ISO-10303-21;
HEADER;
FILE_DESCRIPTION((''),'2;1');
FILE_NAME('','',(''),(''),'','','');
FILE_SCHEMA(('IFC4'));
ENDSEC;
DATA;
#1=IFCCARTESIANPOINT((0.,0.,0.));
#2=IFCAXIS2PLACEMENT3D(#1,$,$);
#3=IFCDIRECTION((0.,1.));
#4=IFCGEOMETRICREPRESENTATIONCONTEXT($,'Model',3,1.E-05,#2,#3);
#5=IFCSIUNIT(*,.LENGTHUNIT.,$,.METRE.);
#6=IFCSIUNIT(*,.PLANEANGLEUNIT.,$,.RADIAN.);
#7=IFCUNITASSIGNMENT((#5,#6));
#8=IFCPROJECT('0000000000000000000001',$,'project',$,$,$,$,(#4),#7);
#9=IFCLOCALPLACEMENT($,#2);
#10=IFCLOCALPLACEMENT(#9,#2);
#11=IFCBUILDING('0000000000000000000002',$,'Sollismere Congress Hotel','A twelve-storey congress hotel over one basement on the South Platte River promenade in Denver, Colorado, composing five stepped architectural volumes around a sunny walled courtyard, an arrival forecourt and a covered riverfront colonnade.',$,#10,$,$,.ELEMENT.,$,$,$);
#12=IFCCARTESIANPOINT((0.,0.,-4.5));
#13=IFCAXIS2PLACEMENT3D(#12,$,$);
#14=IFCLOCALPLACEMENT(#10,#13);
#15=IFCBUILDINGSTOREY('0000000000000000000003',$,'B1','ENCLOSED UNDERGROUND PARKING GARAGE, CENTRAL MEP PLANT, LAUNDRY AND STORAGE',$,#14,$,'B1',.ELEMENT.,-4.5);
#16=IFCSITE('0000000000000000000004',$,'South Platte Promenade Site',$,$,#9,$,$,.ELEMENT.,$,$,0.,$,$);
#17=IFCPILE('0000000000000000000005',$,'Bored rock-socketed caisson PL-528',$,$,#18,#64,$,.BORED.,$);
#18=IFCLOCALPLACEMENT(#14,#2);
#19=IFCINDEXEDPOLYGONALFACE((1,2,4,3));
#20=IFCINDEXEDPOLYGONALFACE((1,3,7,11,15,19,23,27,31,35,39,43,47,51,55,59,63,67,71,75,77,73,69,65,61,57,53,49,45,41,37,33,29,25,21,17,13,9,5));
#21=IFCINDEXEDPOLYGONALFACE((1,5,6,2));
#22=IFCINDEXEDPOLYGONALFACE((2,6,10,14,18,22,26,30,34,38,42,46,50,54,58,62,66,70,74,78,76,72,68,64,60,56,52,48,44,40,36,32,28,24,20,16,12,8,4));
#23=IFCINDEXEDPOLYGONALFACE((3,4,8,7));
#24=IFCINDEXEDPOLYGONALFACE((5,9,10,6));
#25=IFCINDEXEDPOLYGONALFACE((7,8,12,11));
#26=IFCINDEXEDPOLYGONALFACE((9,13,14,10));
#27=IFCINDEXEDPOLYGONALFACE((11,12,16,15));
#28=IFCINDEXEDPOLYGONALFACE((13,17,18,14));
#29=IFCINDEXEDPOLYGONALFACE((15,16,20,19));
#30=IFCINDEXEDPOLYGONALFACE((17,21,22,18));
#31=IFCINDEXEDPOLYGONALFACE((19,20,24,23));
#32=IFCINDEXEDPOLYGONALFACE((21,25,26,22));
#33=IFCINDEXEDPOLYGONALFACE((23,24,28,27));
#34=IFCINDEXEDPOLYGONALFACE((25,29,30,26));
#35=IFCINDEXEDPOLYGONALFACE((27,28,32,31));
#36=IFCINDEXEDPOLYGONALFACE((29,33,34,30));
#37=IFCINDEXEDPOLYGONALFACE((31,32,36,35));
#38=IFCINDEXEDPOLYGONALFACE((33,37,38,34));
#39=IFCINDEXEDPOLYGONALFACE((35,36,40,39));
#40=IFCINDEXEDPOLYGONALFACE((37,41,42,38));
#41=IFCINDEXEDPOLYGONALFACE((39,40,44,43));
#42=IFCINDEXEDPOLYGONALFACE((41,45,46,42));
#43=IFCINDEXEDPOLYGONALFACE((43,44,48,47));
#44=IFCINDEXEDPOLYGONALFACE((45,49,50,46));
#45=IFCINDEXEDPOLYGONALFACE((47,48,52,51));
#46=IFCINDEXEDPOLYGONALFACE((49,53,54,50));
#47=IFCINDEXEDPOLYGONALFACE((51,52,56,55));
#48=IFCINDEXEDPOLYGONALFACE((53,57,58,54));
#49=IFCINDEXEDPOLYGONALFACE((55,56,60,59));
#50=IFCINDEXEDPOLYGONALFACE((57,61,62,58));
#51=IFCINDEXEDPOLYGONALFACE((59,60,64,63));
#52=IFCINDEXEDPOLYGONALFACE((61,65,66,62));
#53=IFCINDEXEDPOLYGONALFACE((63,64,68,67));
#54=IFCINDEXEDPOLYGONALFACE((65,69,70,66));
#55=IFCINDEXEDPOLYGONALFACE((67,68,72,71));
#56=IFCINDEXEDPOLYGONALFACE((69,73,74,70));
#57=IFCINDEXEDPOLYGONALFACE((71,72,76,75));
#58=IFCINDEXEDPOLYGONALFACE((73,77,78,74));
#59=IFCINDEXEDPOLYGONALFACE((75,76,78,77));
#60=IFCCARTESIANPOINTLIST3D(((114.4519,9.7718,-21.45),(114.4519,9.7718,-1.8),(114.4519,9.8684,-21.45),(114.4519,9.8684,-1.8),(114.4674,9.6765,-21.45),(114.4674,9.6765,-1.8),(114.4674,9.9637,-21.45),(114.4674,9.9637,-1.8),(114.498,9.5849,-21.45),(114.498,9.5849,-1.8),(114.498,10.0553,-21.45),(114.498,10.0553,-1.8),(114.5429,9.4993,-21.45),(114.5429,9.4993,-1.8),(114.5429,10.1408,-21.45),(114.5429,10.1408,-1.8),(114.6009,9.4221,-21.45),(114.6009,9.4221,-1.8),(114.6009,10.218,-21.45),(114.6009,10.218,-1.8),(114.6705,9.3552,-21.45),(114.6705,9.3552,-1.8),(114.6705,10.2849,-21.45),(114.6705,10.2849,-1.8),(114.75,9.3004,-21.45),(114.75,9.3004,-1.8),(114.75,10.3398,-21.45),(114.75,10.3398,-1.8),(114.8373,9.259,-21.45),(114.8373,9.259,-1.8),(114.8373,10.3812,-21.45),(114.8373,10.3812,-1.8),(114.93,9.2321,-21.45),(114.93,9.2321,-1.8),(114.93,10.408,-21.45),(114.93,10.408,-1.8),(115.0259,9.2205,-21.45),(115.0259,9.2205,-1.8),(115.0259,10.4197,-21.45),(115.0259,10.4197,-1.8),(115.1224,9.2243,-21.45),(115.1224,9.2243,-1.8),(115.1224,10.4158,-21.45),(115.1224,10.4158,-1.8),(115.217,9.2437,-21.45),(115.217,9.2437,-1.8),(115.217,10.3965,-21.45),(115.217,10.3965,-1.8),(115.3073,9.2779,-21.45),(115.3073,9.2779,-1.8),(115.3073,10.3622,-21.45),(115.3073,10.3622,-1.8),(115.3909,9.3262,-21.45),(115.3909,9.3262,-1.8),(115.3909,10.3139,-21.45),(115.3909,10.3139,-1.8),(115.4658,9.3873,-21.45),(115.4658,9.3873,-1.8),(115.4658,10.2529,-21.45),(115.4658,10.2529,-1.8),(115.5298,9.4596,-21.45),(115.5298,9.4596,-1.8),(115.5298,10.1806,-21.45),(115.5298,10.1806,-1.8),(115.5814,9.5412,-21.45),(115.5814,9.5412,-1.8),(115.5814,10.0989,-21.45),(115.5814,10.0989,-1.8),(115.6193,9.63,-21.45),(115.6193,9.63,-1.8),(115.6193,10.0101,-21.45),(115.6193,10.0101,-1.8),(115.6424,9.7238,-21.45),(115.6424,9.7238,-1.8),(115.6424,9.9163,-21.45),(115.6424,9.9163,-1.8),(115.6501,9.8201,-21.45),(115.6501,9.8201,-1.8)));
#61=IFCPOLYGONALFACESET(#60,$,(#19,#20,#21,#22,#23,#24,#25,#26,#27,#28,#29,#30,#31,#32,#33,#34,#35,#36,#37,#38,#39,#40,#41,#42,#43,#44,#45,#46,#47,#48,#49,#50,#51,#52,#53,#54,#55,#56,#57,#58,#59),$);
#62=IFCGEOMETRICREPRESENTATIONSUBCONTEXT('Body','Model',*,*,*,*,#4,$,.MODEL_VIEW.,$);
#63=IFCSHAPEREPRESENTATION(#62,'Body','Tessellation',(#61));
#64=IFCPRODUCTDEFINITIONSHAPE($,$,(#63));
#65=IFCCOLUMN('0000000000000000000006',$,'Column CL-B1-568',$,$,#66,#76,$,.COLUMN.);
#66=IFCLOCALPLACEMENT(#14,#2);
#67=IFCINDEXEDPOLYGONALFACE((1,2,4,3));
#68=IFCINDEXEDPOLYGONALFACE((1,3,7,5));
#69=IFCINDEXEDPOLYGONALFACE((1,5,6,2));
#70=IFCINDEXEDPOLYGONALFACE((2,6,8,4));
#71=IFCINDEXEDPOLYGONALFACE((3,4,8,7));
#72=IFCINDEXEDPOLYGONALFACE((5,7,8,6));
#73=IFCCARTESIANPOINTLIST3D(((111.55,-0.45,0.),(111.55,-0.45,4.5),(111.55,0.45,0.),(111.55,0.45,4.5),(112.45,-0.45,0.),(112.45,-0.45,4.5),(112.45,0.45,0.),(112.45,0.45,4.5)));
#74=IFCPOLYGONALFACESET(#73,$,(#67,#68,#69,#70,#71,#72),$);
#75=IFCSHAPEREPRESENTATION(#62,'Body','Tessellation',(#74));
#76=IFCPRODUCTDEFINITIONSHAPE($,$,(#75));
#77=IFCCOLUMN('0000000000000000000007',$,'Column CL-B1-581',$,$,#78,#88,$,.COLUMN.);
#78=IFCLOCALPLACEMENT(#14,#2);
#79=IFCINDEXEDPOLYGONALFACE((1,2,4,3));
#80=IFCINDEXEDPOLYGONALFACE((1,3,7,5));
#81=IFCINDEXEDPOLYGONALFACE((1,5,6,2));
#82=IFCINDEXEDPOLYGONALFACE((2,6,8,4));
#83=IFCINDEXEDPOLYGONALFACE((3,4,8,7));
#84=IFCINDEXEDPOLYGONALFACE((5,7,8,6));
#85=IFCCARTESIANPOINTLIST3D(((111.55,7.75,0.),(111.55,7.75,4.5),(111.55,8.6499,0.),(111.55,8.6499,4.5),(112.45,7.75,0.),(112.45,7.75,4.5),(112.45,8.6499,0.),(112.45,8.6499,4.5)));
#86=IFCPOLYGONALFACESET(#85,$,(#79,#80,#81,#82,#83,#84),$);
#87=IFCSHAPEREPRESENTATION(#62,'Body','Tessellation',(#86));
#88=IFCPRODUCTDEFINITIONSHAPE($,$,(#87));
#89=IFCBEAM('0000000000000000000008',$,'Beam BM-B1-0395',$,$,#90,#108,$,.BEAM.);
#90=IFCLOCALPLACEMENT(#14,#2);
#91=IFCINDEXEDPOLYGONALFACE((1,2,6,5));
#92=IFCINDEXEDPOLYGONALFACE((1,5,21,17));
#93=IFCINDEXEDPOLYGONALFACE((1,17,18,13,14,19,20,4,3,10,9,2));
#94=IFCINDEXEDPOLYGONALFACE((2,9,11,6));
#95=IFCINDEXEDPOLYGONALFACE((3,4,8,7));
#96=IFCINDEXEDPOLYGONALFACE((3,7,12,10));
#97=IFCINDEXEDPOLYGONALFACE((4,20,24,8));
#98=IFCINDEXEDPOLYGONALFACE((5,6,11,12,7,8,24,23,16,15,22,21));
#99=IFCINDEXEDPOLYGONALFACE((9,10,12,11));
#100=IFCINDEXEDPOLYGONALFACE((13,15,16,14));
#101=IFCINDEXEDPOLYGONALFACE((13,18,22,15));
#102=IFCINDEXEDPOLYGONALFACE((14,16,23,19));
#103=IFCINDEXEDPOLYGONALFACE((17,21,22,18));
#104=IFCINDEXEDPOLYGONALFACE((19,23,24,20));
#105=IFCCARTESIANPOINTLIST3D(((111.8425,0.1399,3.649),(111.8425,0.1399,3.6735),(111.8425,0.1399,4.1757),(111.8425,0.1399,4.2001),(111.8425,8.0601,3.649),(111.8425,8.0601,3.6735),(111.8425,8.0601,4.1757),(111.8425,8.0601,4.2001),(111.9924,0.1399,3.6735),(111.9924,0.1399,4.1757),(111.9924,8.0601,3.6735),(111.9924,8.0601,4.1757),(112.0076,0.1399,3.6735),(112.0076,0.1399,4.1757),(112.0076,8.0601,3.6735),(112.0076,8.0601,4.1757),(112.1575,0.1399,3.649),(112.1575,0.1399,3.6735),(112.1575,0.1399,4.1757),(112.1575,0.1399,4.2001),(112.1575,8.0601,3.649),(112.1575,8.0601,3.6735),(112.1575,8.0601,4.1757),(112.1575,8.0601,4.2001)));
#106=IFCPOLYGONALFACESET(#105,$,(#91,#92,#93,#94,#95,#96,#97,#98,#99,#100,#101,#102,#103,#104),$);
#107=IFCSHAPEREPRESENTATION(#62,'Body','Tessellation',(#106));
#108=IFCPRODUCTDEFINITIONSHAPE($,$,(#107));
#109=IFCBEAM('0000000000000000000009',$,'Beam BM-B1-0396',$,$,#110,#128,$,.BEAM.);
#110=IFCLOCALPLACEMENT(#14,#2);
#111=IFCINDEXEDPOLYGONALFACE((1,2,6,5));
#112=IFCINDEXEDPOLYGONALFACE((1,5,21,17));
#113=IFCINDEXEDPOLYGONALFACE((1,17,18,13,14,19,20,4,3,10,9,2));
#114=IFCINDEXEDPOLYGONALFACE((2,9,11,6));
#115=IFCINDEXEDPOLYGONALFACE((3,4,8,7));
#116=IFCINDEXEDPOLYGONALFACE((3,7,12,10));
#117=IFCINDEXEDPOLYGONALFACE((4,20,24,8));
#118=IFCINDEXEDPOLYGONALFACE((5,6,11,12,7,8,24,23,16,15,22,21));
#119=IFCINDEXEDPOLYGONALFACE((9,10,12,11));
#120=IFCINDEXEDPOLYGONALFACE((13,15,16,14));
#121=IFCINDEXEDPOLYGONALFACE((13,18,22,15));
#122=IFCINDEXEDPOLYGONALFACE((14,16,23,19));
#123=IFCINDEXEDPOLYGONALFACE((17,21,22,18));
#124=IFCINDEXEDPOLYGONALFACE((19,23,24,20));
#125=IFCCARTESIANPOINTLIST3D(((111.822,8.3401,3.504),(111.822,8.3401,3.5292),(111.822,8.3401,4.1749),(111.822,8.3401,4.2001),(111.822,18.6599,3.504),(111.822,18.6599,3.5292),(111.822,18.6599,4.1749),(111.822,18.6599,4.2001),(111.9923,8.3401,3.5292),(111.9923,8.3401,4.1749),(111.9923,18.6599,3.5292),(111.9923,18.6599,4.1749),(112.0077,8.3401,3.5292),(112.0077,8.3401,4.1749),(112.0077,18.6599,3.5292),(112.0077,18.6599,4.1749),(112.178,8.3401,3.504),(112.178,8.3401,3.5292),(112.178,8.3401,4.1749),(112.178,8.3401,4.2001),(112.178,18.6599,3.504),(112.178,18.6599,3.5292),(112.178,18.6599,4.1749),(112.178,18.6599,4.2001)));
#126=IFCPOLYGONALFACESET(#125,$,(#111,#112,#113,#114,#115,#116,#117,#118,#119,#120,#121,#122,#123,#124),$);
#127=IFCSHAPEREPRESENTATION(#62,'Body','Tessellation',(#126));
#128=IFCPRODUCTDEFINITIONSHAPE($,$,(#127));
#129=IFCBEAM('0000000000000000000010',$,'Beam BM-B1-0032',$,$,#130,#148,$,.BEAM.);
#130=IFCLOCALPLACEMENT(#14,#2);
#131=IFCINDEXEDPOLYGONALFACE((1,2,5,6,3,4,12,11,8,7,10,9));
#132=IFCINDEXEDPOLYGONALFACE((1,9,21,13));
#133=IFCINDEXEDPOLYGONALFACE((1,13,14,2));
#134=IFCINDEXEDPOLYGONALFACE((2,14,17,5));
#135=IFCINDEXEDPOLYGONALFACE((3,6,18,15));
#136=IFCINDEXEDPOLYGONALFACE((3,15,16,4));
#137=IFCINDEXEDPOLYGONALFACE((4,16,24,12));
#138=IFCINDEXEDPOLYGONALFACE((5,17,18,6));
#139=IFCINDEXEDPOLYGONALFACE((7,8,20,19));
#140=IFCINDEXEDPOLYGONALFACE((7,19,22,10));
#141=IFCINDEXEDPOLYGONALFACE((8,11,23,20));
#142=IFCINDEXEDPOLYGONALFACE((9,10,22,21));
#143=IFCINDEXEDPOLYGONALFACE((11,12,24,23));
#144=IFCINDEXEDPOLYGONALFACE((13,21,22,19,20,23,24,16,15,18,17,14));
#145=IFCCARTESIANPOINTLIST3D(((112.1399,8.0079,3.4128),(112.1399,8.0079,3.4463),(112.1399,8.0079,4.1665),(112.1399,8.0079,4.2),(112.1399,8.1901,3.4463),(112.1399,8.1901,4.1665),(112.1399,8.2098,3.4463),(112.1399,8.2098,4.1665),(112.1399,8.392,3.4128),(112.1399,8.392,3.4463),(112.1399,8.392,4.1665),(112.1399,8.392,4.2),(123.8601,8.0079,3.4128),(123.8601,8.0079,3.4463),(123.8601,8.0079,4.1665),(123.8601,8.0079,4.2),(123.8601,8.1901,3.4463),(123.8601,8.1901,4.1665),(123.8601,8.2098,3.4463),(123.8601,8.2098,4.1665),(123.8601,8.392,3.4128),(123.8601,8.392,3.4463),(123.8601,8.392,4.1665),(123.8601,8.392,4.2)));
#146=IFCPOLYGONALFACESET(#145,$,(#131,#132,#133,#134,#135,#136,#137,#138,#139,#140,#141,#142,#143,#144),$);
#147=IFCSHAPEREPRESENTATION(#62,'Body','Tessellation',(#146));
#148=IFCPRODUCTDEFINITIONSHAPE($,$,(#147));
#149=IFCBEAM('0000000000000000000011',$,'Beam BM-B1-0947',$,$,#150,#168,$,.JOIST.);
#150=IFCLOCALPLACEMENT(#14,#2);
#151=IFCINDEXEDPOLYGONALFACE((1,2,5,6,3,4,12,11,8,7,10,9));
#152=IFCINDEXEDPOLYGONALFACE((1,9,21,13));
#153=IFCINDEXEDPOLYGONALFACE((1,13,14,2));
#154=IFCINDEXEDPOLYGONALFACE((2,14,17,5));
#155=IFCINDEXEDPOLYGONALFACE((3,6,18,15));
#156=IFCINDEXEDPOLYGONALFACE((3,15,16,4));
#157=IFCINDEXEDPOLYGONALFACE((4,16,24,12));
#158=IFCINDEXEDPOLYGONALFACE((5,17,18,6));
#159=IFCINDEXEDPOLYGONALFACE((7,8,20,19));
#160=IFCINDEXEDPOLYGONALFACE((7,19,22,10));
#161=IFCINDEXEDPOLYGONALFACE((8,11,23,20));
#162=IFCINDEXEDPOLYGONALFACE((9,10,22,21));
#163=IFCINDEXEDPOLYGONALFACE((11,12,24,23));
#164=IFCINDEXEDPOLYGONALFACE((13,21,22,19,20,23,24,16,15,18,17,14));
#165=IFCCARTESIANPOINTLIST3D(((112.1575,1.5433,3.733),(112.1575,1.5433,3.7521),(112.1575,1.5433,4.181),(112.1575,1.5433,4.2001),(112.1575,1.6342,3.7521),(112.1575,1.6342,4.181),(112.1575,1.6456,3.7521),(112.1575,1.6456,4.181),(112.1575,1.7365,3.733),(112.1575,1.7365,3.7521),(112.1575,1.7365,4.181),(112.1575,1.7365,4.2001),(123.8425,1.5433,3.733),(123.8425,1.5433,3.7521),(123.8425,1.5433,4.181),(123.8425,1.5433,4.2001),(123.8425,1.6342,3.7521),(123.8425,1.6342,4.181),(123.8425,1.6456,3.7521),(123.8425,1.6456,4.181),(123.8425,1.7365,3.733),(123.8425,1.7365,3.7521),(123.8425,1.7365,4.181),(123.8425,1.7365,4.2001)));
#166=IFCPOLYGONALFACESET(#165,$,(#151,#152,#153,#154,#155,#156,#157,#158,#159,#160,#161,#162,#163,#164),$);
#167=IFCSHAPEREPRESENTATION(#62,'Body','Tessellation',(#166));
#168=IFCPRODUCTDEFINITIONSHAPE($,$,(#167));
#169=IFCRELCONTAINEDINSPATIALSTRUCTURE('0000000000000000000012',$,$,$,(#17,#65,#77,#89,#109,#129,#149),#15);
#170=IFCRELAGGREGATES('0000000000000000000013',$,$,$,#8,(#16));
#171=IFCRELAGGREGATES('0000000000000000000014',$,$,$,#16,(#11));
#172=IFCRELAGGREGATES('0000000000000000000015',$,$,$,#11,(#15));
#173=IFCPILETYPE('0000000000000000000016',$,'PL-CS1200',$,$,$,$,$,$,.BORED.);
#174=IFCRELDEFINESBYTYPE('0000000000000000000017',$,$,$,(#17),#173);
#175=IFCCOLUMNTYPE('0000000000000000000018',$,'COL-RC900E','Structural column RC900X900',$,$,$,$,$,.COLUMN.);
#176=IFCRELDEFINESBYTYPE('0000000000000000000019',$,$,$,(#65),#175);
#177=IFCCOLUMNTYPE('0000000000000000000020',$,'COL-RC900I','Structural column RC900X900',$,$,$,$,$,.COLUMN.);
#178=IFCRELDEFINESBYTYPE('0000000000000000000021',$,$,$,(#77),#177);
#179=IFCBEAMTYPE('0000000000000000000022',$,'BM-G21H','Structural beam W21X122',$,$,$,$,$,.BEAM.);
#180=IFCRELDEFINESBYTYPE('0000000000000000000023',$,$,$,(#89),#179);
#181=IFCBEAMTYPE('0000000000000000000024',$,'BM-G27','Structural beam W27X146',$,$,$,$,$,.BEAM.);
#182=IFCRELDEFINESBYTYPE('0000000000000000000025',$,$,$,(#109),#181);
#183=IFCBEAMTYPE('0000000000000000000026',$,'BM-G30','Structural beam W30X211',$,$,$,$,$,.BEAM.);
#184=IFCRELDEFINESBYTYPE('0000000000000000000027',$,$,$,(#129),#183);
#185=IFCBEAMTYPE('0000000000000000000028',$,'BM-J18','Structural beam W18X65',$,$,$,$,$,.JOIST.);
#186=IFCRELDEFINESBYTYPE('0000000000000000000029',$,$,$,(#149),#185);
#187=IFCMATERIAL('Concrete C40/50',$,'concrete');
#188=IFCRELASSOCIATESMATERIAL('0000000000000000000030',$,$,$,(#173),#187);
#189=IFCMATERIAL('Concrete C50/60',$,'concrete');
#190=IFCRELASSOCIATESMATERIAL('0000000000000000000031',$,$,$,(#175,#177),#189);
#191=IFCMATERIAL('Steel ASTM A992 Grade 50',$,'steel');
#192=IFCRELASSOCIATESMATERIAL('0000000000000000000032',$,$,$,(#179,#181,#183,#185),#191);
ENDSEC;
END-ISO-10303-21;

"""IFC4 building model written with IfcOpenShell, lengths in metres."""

from ifc_helpers import new_model, si_unit, direction, frame, origin, origin_2d, place, context, subcontext, project, spatial, rectangle, circle, i_section, extrude, material, material_profile, profile_set, type_object, element, save


model = new_model("IFC4")

# Units and contexts
model_context = context("Model", 3, precision=1e-05, world=origin(), true_north=direction((0.0, 1.0)))
body_context = subcontext(model_context, "Body", "Model", "MODEL_VIEW")
ifc_project = project(units=[si_unit("LENGTHUNIT", "METRE"), si_unit("PLANEANGLEUNIT", "RADIAN")], contexts=[model_context])

# Site, building, storey
site_placement = place(None, origin())
site = spatial("IfcSite", under=ifc_project, at=site_placement, Name="South Platte Promenade Site", CompositionType="ELEMENT", RefElevation=0.0)
building_placement = place(site_placement, origin())
building = spatial("IfcBuilding", under=site, at=building_placement, Name="Sollismere Congress Hotel", Description="A twelve-storey congress hotel over one basement on the South Platte River promenade in Denver, Colorado, composing five stepped architectural volumes around a sunny walled courtyard, an arrival forecourt and a covered riverfront colonnade.", CompositionType="ELEMENT")
storey_placement = place(building_placement, frame((0.0, 0.0, -4.5)))
storey = spatial("IfcBuildingStorey", under=building, at=storey_placement, Name="B1", Description="ENCLOSED UNDERGROUND PARKING GARAGE, CENTRAL MEP PLANT, LAUNDRY AND STORAGE", LongName="B1", CompositionType="ELEMENT", Elevation=-4.5)

# Shared definitions
ifc_material_1 = material(Name="Concrete C40/50", Category="concrete")

# Pile
ifc_material_profile_1 = material_profile(ifc_material_1, circle(Radius=0.6001, at=origin_2d()), Name="CAISSON1200")
ifc_profile_set_1 = profile_set([ifc_material_profile_1], Name="Concrete C40/50")
pile_type = type_object("IfcPileType", Name="PL-CS1200", PredefinedType="BORED", material=ifc_profile_set_1)
for number, where, z_axis, x_axis, name in (
    (1, (115.05, 9.8201, -1.8), (0.0, 0.0, -1.0), (1.0, 0.0, 0.0), "Bored rock-socketed caisson PL-528"),
):
    element("IfcPile", number, at=place(storey_placement, frame(where, z_axis=z_axis, x_axis=x_axis)), inside=storey, type_object=pile_type, Name=name, PredefinedType="BORED", context=body_context, shape_type="SweptSolid", body=[
        extrude(circle(Radius=0.6001, at=origin_2d()), origin(), (0.0, 0.0, 1.0), 19.6499),
    ])

# Columns
ifc_material_2 = material(Name="Concrete C50/60", Category="concrete")
ifc_material_profile_2 = material_profile(ifc_material_2, rectangle(XDim=0.8999, YDim=0.8999, at=origin_2d()), Name="RC900X900")
ifc_profile_set_2 = profile_set([ifc_material_profile_2], Name="Concrete C50/60")
column_type_1 = type_object("IfcColumnType", Name="COL-RC900E", Description="Structural column RC900X900", PredefinedType="COLUMN", material=ifc_profile_set_2)
column_1_placement = place(storey_placement, frame((112.0, 0.0, 0.0), z_axis=(0.0, 0.0, 1.0), x_axis=(0.0, 1.0, 0.0)))
element("IfcColumn", 2, at=column_1_placement, inside=storey, type_object=column_type_1, Name="Column CL-B1-568", PredefinedType="COLUMN", context=body_context, shape_type="SweptSolid", body=[
    extrude(rectangle(XDim=0.8999, YDim=0.8999, at=origin_2d()), origin(), (0.0, 0.0, 1.0), 4.5),
])
ifc_material_profile_3 = material_profile(ifc_material_2, rectangle(XDim=0.8999, YDim=0.8999, at=origin_2d()), Name="RC900X900")
ifc_profile_set_3 = profile_set([ifc_material_profile_3], Name="Concrete C50/60")
column_type_2 = type_object("IfcColumnType", Name="COL-RC900I", Description="Structural column RC900X900", PredefinedType="COLUMN", material=ifc_profile_set_3)
column_2_placement = place(storey_placement, frame((112.0, 8.2, 0.0), z_axis=(0.0, 0.0, 1.0), x_axis=(1.0, 0.0, 0.0)))
element("IfcColumn", 3, at=column_2_placement, inside=storey, type_object=column_type_2, Name="Column CL-B1-581", PredefinedType="COLUMN", context=body_context, shape_type="SweptSolid", body=[
    extrude(rectangle(XDim=0.8999, YDim=0.8999, at=origin_2d()), origin(), (0.0, 0.0, 1.0), 4.5),
])

# Beams
ifc_material_3 = material(Name="Steel ASTM A992 Grade 50", Category="steel")
ifc_material_profile_4 = material_profile(ifc_material_3, i_section(OverallWidth=0.3149, OverallDepth=0.551, WebThickness=0.0151, FlangeThickness=0.0244, at=origin_2d()), Name="W21X122")
ifc_profile_set_4 = profile_set([ifc_material_profile_4], Name="Steel ASTM A992 Grade 50")
beam_type_1 = type_object("IfcBeamType", Name="BM-G21H", Description="Structural beam W21X122", PredefinedType="BEAM", material=ifc_profile_set_4)
beam_1_placement = place(storey_placement, frame((112.0, 0.1399, 3.9246), z_axis=(0.0, 1.0, 0.0), x_axis=(-1.0, 0.0, 0.0)))
element("IfcBeam", 4, at=beam_1_placement, inside=storey, type_object=beam_type_1, Name="Beam BM-B1-0395", PredefinedType="BEAM", context=body_context, shape_type="SweptSolid", body=[
    extrude(i_section(OverallWidth=0.3149, OverallDepth=0.551, WebThickness=0.0151, FlangeThickness=0.0244, at=origin_2d()), origin(), (0.0, 0.0, 1.0), 7.9202),
])
ifc_material_profile_5 = material_profile(ifc_material_3, i_section(OverallWidth=0.356, OverallDepth=0.696, WebThickness=0.0154, FlangeThickness=0.0251, at=origin_2d()), Name="W27X146")
ifc_profile_set_5 = profile_set([ifc_material_profile_5], Name="Steel ASTM A992 Grade 50")
beam_type_2 = type_object("IfcBeamType", Name="BM-G27", Description="Structural beam W27X146", PredefinedType="BEAM", material=ifc_profile_set_5)
beam_2_placement = place(storey_placement, frame((112.0, 8.3401, 3.8521), z_axis=(0.0, 1.0, 0.0), x_axis=(-1.0, 0.0, 0.0)))
element("IfcBeam", 5, at=beam_2_placement, inside=storey, type_object=beam_type_2, Name="Beam BM-B1-0396", PredefinedType="BEAM", context=body_context, shape_type="SweptSolid", body=[
    extrude(i_section(OverallWidth=0.356, OverallDepth=0.696, WebThickness=0.0154, FlangeThickness=0.0251, at=origin_2d()), origin(), (0.0, 0.0, 1.0), 10.3198),
])
ifc_material_profile_6 = material_profile(ifc_material_3, i_section(OverallWidth=0.384, OverallDepth=0.7871, WebThickness=0.0198, FlangeThickness=0.0334, at=origin_2d()), Name="W30X211")
ifc_profile_set_6 = profile_set([ifc_material_profile_6], Name="Steel ASTM A992 Grade 50")
beam_type_3 = type_object("IfcBeamType", Name="BM-G30", Description="Structural beam W30X211", PredefinedType="BEAM", material=ifc_profile_set_6)
beam_3_placement = place(storey_placement, frame((112.1399, 8.2, 3.8064), z_axis=(1.0, 0.0, 0.0), x_axis=(0.0, 1.0, 0.0)))
element("IfcBeam", 6, at=beam_3_placement, inside=storey, type_object=beam_type_3, Name="Beam BM-B1-0032", PredefinedType="BEAM", context=body_context, shape_type="SweptSolid", body=[
    extrude(i_section(OverallWidth=0.384, OverallDepth=0.7871, WebThickness=0.0198, FlangeThickness=0.0334, at=origin_2d()), origin(), (0.0, 0.0, 1.0), 11.7202),
])
ifc_material_profile_7 = material_profile(ifc_material_3, i_section(OverallWidth=0.1931, OverallDepth=0.467, WebThickness=0.0115, FlangeThickness=0.019, at=origin_2d()), Name="W18X65")
ifc_profile_set_7 = profile_set([ifc_material_profile_7], Name="Steel ASTM A992 Grade 50")
beam_type_4 = type_object("IfcBeamType", Name="BM-J18", Description="Structural beam W18X65", PredefinedType="JOIST", material=ifc_profile_set_7)
for number, where, z_axis, x_axis, name in (
    (7, (112.1575, 1.6399, 3.9666), (1.0, 0.0, 0.0), (0.0, 1.0, 0.0), "Beam BM-B1-0947"),
):
    element("IfcBeam", number, at=place(storey_placement, frame(where, z_axis=z_axis, x_axis=x_axis)), inside=storey, type_object=beam_type_4, Name=name, PredefinedType="JOIST", context=body_context, shape_type="SweptSolid", body=[
        extrude(i_section(OverallWidth=0.1931, OverallDepth=0.467, WebThickness=0.0115, FlangeThickness=0.019, at=origin_2d()), origin(), (0.0, 0.0, 1.0), 11.6851),
    ])

save(model, "model.ifc")
